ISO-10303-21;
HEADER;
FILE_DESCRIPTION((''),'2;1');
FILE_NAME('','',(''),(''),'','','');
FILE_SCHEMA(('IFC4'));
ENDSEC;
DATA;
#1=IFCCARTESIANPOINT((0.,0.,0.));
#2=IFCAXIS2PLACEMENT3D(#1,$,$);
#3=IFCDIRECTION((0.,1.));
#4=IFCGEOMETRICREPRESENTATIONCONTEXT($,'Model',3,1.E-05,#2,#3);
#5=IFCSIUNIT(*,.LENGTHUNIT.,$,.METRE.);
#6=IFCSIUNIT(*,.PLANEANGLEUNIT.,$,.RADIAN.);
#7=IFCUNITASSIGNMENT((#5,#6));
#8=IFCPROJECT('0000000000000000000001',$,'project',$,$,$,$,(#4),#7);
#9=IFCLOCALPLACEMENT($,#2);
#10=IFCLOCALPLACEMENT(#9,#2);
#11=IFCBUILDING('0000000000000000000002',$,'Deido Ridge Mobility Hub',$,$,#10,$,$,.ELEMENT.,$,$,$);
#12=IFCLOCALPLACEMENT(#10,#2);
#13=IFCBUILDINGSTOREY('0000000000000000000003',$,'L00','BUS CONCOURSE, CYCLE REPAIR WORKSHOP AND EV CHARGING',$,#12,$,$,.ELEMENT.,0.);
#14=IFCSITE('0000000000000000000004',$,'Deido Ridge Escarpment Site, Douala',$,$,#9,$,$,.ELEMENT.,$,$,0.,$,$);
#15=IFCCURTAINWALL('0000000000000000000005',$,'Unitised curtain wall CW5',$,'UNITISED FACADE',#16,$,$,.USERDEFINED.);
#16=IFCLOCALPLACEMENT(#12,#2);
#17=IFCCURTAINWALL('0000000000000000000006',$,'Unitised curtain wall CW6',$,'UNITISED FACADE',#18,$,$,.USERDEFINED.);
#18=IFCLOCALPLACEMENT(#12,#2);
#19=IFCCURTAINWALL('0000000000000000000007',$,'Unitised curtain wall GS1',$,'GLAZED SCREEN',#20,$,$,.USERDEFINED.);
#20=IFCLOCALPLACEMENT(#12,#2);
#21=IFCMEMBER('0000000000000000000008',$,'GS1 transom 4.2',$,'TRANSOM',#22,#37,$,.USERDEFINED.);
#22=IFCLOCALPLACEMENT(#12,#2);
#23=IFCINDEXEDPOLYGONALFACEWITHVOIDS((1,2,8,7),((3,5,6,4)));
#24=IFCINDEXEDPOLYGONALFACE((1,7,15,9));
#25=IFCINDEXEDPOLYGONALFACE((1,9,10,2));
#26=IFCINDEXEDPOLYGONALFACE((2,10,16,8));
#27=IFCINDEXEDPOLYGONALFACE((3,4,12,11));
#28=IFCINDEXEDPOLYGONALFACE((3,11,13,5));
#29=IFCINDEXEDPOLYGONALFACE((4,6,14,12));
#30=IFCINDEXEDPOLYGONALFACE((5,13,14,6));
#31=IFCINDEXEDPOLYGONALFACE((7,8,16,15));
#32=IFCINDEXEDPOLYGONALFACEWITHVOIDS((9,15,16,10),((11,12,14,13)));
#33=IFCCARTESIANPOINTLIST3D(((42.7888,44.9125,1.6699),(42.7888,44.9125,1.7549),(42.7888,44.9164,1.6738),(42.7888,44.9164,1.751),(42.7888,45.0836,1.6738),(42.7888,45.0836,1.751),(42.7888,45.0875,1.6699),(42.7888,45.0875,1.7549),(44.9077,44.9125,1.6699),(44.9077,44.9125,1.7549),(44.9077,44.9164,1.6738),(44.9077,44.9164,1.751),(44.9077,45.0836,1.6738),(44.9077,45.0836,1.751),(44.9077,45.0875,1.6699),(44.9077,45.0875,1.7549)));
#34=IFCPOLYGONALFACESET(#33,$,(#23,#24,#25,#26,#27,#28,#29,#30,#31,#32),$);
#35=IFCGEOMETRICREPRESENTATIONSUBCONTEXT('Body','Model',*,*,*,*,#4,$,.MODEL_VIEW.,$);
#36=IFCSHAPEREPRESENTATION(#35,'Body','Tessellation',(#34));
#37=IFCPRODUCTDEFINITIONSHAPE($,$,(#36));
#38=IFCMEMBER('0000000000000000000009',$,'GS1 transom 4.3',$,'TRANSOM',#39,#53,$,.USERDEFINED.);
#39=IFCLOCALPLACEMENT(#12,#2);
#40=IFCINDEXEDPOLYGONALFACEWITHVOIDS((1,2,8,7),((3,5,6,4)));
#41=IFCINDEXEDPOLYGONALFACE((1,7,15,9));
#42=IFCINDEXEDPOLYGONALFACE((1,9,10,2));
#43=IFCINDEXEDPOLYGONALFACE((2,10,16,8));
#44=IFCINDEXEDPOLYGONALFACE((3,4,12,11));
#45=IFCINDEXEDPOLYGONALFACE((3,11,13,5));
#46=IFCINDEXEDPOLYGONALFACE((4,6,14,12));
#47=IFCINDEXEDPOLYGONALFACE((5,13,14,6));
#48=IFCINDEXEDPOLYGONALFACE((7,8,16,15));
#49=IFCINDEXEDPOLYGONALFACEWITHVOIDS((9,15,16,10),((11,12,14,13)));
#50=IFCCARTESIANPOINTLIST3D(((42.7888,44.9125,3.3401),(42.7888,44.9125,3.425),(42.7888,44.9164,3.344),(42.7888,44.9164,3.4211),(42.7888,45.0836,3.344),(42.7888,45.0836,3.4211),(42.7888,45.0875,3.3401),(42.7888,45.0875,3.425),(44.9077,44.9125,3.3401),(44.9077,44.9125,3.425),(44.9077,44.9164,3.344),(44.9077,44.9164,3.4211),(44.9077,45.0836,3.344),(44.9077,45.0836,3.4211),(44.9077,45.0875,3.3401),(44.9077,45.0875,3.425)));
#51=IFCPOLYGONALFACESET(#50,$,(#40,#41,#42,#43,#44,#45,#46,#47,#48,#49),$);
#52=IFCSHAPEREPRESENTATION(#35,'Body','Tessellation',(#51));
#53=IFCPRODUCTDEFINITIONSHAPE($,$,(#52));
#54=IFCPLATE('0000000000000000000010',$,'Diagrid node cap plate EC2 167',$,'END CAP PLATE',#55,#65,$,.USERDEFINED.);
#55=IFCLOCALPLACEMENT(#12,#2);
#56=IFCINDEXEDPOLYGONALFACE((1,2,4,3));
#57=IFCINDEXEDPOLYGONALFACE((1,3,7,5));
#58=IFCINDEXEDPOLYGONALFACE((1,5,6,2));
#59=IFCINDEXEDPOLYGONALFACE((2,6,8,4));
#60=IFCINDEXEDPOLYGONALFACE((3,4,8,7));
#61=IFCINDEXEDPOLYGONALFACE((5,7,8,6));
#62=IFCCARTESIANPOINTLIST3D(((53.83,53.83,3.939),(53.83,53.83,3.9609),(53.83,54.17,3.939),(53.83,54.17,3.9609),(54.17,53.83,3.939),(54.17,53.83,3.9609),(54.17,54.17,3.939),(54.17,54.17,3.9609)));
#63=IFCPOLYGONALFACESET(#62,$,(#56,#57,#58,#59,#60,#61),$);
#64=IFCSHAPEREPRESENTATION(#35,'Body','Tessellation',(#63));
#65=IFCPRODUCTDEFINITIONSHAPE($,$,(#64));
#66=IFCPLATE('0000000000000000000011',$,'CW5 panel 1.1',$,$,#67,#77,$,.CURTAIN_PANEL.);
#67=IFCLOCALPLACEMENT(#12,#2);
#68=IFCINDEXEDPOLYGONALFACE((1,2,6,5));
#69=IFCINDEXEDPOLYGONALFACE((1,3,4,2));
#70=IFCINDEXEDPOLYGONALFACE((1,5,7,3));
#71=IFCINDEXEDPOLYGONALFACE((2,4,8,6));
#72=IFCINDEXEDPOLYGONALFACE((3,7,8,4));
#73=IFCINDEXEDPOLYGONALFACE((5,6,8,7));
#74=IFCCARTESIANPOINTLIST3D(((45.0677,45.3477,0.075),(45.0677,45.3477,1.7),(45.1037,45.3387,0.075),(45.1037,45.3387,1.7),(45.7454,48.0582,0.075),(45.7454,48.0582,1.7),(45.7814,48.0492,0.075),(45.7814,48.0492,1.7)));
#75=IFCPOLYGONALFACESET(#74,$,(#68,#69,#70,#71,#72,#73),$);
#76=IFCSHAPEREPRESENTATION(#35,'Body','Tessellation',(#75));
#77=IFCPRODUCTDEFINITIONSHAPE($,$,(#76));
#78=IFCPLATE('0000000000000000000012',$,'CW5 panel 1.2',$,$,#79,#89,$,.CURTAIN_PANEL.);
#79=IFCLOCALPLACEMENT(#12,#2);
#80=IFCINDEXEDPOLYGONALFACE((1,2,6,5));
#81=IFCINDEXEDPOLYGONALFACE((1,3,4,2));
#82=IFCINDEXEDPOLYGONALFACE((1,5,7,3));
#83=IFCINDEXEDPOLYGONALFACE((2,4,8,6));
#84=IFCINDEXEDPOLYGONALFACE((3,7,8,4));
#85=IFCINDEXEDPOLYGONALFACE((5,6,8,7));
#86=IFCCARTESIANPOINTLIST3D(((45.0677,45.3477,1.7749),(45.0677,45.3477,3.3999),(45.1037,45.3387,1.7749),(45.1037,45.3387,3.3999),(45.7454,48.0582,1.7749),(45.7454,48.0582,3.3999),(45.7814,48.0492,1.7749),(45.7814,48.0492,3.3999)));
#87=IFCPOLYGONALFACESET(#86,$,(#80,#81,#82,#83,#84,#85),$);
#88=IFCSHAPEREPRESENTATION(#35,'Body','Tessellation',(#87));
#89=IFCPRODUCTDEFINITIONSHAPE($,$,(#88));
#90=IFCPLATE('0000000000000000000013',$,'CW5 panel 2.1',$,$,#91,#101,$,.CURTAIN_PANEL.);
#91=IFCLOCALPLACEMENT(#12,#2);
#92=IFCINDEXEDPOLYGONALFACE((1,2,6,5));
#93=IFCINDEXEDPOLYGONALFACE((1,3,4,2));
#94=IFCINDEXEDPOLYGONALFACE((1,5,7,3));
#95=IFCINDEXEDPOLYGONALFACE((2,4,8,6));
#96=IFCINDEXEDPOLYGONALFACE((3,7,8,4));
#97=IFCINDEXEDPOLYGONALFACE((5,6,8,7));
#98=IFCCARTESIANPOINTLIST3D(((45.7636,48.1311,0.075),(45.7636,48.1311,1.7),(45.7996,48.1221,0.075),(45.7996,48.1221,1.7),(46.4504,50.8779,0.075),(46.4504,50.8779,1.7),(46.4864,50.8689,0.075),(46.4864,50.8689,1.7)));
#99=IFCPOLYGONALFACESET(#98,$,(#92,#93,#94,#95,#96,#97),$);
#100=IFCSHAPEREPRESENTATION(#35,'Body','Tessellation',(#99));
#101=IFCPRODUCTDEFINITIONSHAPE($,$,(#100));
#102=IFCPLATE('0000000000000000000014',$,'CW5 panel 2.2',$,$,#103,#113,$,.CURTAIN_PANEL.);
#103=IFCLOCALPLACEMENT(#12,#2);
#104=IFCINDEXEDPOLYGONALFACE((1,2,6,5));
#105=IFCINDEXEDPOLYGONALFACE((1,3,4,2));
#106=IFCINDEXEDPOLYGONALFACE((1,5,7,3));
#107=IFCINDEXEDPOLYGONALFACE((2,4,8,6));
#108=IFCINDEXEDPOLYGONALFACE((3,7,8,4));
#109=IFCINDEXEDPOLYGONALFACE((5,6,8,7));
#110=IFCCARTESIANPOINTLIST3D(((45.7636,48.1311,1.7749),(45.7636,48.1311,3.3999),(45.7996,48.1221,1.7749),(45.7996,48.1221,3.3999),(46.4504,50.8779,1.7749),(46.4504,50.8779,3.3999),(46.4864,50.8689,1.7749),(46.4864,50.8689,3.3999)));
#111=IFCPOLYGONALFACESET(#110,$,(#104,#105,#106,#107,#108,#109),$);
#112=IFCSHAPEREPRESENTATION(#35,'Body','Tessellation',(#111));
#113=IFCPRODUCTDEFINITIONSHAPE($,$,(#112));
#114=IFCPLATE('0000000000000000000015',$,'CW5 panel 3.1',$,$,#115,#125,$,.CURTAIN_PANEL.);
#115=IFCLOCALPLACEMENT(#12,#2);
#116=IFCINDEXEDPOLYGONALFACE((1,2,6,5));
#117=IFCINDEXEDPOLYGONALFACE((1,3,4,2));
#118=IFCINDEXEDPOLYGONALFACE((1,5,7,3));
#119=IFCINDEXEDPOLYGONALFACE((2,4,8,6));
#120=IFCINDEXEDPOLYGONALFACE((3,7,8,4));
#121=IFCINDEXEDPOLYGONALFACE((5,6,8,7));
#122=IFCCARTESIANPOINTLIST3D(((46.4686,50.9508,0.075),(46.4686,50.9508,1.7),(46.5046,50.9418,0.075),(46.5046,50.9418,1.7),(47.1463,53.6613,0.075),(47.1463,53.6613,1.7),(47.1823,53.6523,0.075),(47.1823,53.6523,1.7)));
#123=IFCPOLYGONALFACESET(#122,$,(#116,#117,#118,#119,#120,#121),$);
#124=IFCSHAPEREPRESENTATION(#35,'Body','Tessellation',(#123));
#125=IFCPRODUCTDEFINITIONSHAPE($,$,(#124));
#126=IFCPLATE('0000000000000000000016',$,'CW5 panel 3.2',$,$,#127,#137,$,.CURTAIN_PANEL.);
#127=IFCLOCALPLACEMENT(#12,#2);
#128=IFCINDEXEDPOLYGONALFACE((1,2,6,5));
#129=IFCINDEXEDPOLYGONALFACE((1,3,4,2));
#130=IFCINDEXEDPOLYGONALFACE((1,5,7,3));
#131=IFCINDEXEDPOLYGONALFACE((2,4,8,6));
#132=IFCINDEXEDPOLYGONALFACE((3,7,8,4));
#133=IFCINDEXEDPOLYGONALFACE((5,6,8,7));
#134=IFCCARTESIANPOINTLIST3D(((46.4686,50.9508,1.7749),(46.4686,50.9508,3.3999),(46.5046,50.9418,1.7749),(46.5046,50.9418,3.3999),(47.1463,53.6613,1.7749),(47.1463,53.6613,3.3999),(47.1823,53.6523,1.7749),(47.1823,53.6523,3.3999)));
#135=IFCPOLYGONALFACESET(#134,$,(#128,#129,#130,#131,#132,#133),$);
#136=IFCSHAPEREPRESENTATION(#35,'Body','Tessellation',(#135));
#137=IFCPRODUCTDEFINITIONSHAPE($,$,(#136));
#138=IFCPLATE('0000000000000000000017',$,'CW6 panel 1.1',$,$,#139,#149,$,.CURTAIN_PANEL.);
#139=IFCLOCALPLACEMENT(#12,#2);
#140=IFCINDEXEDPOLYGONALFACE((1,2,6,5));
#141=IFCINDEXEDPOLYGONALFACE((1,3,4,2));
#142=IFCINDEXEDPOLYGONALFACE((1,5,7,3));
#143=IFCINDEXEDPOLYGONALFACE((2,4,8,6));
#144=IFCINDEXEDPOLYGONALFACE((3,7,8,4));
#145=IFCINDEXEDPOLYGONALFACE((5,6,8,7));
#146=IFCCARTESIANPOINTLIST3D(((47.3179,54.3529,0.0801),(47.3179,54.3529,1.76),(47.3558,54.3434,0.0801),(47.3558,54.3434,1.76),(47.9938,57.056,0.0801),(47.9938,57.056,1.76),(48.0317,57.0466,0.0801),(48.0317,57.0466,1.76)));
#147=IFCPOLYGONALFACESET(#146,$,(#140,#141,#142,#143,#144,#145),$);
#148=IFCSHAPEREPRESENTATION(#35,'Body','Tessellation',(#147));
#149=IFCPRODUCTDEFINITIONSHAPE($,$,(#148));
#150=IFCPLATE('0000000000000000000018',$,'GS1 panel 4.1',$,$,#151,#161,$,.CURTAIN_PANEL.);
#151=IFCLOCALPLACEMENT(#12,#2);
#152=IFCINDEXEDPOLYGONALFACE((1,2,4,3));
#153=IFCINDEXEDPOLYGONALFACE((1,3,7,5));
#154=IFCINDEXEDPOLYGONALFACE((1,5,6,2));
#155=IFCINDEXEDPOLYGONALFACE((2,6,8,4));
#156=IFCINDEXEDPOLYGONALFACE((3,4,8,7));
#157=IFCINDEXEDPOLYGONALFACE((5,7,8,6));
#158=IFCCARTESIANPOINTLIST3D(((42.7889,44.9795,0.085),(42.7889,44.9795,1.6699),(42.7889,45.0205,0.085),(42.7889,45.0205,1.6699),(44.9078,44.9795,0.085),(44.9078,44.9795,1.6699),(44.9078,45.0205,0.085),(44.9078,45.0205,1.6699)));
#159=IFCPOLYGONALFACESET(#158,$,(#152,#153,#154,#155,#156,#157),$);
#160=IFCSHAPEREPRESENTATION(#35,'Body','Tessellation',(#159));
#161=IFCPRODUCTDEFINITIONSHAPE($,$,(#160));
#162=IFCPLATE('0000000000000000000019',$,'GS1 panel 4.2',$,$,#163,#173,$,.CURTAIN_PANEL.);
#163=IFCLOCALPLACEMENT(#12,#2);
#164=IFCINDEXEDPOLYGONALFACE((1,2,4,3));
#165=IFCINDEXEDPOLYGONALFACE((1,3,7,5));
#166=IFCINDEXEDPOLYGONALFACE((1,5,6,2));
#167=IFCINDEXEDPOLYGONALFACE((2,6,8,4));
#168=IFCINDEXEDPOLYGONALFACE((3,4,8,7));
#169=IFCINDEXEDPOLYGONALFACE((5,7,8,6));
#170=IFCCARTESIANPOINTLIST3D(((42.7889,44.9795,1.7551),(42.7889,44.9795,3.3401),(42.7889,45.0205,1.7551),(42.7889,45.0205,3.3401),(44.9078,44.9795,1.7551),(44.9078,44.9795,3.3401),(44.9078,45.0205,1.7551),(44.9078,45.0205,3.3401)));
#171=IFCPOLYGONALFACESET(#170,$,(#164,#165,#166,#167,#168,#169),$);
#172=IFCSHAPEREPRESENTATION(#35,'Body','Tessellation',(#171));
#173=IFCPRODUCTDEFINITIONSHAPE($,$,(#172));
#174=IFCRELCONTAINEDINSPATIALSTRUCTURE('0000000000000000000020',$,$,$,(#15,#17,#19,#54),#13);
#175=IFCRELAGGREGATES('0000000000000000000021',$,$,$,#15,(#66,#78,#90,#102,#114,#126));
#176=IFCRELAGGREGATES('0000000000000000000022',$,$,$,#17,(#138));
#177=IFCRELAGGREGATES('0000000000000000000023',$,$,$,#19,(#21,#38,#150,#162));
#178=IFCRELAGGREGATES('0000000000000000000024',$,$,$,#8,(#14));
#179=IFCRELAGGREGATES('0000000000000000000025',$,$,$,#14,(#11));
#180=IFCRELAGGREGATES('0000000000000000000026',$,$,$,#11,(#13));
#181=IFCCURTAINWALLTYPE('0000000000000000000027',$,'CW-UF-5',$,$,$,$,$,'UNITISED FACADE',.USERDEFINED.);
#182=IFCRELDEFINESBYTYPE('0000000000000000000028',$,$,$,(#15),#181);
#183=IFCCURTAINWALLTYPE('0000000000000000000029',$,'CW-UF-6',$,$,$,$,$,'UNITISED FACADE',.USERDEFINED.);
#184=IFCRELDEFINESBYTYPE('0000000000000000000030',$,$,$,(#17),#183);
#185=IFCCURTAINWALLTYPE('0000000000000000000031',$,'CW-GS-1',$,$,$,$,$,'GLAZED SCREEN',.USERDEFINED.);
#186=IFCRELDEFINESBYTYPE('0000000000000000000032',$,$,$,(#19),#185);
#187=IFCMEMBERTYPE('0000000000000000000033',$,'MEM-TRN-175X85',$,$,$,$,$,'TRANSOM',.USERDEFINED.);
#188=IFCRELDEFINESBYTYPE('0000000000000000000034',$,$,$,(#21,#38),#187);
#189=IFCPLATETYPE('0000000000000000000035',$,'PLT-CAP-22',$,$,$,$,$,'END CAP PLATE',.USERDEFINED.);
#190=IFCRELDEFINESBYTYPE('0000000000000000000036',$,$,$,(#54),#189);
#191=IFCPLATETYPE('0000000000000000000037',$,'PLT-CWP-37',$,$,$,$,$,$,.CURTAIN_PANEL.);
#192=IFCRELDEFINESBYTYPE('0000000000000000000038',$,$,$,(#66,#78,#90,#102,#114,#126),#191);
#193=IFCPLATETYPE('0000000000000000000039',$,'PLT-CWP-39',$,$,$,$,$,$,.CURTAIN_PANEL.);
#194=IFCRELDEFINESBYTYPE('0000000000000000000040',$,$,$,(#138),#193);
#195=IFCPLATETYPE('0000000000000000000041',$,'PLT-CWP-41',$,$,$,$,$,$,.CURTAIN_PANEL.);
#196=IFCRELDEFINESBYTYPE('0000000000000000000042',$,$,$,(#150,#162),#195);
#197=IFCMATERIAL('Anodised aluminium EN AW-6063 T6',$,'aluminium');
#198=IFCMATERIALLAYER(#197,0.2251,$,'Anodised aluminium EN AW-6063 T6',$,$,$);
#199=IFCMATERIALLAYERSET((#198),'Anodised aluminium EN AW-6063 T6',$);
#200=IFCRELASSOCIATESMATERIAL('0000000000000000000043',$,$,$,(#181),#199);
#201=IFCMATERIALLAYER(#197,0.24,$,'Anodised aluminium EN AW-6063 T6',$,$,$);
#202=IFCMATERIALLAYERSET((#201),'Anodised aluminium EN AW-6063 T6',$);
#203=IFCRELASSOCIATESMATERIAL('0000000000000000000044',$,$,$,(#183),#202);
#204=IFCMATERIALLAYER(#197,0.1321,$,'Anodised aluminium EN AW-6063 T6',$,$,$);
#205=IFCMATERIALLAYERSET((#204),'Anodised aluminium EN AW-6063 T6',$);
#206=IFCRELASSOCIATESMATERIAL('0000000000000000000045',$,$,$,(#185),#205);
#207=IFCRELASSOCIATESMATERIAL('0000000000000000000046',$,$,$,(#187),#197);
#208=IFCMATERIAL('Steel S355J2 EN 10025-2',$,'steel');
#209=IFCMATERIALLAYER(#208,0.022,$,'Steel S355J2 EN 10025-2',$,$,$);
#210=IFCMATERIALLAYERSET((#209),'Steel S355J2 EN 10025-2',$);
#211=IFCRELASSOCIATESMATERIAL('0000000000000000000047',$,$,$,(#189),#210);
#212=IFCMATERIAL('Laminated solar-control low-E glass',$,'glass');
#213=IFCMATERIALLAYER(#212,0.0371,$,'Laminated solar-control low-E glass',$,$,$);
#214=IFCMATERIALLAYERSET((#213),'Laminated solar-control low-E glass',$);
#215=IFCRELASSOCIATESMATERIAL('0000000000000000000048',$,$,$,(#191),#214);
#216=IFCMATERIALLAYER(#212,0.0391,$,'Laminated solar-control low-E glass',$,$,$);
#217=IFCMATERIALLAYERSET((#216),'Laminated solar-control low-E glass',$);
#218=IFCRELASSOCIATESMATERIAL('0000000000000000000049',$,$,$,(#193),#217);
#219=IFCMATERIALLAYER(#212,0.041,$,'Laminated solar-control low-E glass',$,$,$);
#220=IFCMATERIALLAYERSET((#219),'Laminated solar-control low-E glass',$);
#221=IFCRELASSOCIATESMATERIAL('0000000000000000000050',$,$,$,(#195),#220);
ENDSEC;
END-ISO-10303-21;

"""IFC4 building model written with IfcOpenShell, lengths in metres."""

from ifc_helpers import new_model, si_unit, direction, frame, origin, origin_2d, place, context, subcontext, project, spatial, rectangle, hollow_rectangle, extrude, material, layer, layer_set, material_profile, profile_set, type_object, element, aggregate, save


model = new_model("IFC4")

# Units and contexts
model_context = context("Model", 3, precision=1e-05, world=origin(), true_north=direction((0.0, 1.0)))
body_context = subcontext(model_context, "Body", "Model", "MODEL_VIEW")
ifc_project = project(units=[si_unit("LENGTHUNIT", "METRE"), si_unit("PLANEANGLEUNIT", "RADIAN")], contexts=[model_context])

# Site, building, storey
site_placement = place(None, origin())
site = spatial("IfcSite", under=ifc_project, at=site_placement, Name="Deido Ridge Escarpment Site, Douala", CompositionType="ELEMENT", RefElevation=0.0)
building_placement = place(site_placement, origin())
building = spatial("IfcBuilding", under=site, at=building_placement, Name="Deido Ridge Mobility Hub", CompositionType="ELEMENT")
storey_placement = place(building_placement, origin())
storey = spatial("IfcBuildingStorey", under=building, at=storey_placement, Name="L00", Description="BUS CONCOURSE, CYCLE REPAIR WORKSHOP AND EV CHARGING", CompositionType="ELEMENT", Elevation=0.0)

# Shared definitions
ifc_material_1 = material(Name="Steel S355J2 EN 10025-2", Category="steel")

# Curtain wall
ifc_material_2 = material(Name="Anodised aluminium EN AW-6063 T6", Category="aluminium")
ifc_layer_1 = layer(ifc_material_2, 0.2251, Name="Anodised aluminium EN AW-6063 T6")
ifc_layer_set_1 = layer_set([ifc_layer_1], Name="Anodised aluminium EN AW-6063 T6")
curtain_wall_type_1 = type_object("IfcCurtainWallType", Name="CW-UF-5", ElementType="UNITISED FACADE", PredefinedType="USERDEFINED", material=ifc_layer_set_1)
curtain_wall_1_placement = place(storey_placement, origin())
curtain_wall_1 = element("IfcCurtainWall", 1, at=curtain_wall_1_placement, inside=storey, type_object=curtain_wall_type_1, Name="Unitised curtain wall CW5", ObjectType="UNITISED FACADE", PredefinedType="USERDEFINED")

# Curtain wall
ifc_layer_2 = layer(ifc_material_2, 0.24, Name="Anodised aluminium EN AW-6063 T6")
ifc_layer_set_2 = layer_set([ifc_layer_2], Name="Anodised aluminium EN AW-6063 T6")
curtain_wall_type_2 = type_object("IfcCurtainWallType", Name="CW-UF-6", ElementType="UNITISED FACADE", PredefinedType="USERDEFINED", material=ifc_layer_set_2)
curtain_wall_2_placement = place(storey_placement, origin())
curtain_wall_2 = element("IfcCurtainWall", 2, at=curtain_wall_2_placement, inside=storey, type_object=curtain_wall_type_2, Name="Unitised curtain wall CW6", ObjectType="UNITISED FACADE", PredefinedType="USERDEFINED")

# Curtain wall
ifc_layer_3 = layer(ifc_material_2, 0.1321, Name="Anodised aluminium EN AW-6063 T6")
ifc_layer_set_3 = layer_set([ifc_layer_3], Name="Anodised aluminium EN AW-6063 T6")
curtain_wall_type_3 = type_object("IfcCurtainWallType", Name="CW-GS-1", ElementType="GLAZED SCREEN", PredefinedType="USERDEFINED", material=ifc_layer_set_3)
curtain_wall_3_placement = place(storey_placement, origin())
curtain_wall_3 = element("IfcCurtainWall", 3, at=curtain_wall_3_placement, inside=storey, type_object=curtain_wall_type_3, Name="Unitised curtain wall GS1", ObjectType="GLAZED SCREEN", PredefinedType="USERDEFINED")

# Members
ifc_material_profile_1 = material_profile(ifc_material_2, hollow_rectangle(XDim=0.175, YDim=0.085, WallThickness=0.0039, at=origin_2d()), Name="RHS 175x85x4")
ifc_profile_set_1 = profile_set([ifc_material_profile_1], Name="Anodised aluminium EN AW-6063 T6")
member_type_1 = type_object("IfcMemberType", Name="MEM-TRN-175X85", ElementType="TRANSOM", PredefinedType="USERDEFINED", material=ifc_profile_set_1)
member_1_placement = place(storey_placement, frame((42.7888, 45.0, 1.7124), z_axis=(1.0, 0.0, 0.0), x_axis=(0.0, 1.0, 0.0)))
member_1 = element("IfcMember", 4, at=member_1_placement, type_object=member_type_1, Name="GS1 transom 4.2", ObjectType="TRANSOM", PredefinedType="USERDEFINED", context=body_context, shape_type="SweptSolid", body=[
    extrude(hollow_rectangle(XDim=0.175, YDim=0.085, WallThickness=0.0039, at=origin_2d()), origin(), (0.0, 0.0, 1.0), 2.1189),
])
member_2_placement = place(storey_placement, frame((42.7888, 45.0, 3.3826), z_axis=(1.0, 0.0, 0.0), x_axis=(0.0, 1.0, 0.0)))
member_2 = element("IfcMember", 5, at=member_2_placement, type_object=member_type_1, Name="GS1 transom 4.3", ObjectType="TRANSOM", PredefinedType="USERDEFINED", context=body_context, shape_type="SweptSolid", body=[
    extrude(hollow_rectangle(XDim=0.175, YDim=0.085, WallThickness=0.0039, at=origin_2d()), origin(), (0.0, 0.0, 1.0), 2.1189),
])

# Plates
ifc_layer_4 = layer(ifc_material_1, 0.022, Name="Steel S355J2 EN 10025-2")
ifc_layer_set_4 = layer_set([ifc_layer_4], Name="Steel S355J2 EN 10025-2")
plate_type_1 = type_object("IfcPlateType", Name="PLT-CAP-22", ElementType="END CAP PLATE", PredefinedType="USERDEFINED", material=ifc_layer_set_4)
plate_1_placement = place(storey_placement, frame((54.0, 54.0, 3.939), z_axis=(0.0, 0.0, 1.0), x_axis=(1.0, 0.0, 0.0)))
element("IfcPlate", 6, at=plate_1_placement, inside=storey, type_object=plate_type_1, Name="Diagrid node cap plate EC2 167", ObjectType="END CAP PLATE", PredefinedType="USERDEFINED", context=body_context, shape_type="SweptSolid", body=[
    extrude(rectangle(XDim=0.3401, YDim=0.3401, at=origin_2d()), origin(), (0.0, 0.0, 1.0), 0.022),
])
ifc_material_3 = material(Name="Laminated solar-control low-E glass", Category="glass")
ifc_layer_5 = layer(ifc_material_3, 0.0371, Name="Laminated solar-control low-E glass")
ifc_layer_set_5 = layer_set([ifc_layer_5], Name="Laminated solar-control low-E glass")
plate_type_2 = type_object("IfcPlateType", Name="PLT-CWP-37", PredefinedType="CURTAIN_PANEL", material=ifc_layer_set_5)
plate_2_placement = place(storey_placement, frame((45.4246, 46.6985, 0.075), z_axis=(0.0, 0.0, 1.0), x_axis=(0.242546, 0.97014, 0.0)))
plate_2 = element("IfcPlate", 7, at=plate_2_placement, type_object=plate_type_2, Name="CW5 panel 1.1", PredefinedType="CURTAIN_PANEL", context=body_context, shape_type="SweptSolid", body=[
    extrude(rectangle(XDim=2.7939, YDim=0.0371, at=origin_2d()), origin(), (0.0, 0.0, 1.0), 1.625),
])
plate_3_placement = place(storey_placement, frame((45.4246, 46.6985, 1.7749), z_axis=(0.0, 0.0, 1.0), x_axis=(0.242546, 0.97014, 0.0)))
plate_3 = element("IfcPlate", 8, at=plate_3_placement, type_object=plate_type_2, Name="CW5 panel 1.2", PredefinedType="CURTAIN_PANEL", context=body_context, shape_type="SweptSolid", body=[
    extrude(rectangle(XDim=2.7939, YDim=0.0371, at=origin_2d()), origin(), (0.0, 0.0, 1.0), 1.625),
])
plate_4_placement = place(storey_placement, frame((46.125, 49.5, 0.075), z_axis=(0.0, 0.0, 1.0), x_axis=(0.242546, 0.97014, 0.0)))
plate_4 = element("IfcPlate", 9, at=plate_4_placement, type_object=plate_type_2, Name="CW5 panel 2.1", PredefinedType="CURTAIN_PANEL", context=body_context, shape_type="SweptSolid", body=[
    extrude(rectangle(XDim=2.8313, YDim=0.0371, at=origin_2d()), origin(), (0.0, 0.0, 1.0), 1.625),
])
plate_5_placement = place(storey_placement, frame((46.125, 49.5, 1.7749), z_axis=(0.0, 0.0, 1.0), x_axis=(0.242546, 0.97014, 0.0)))
plate_5 = element("IfcPlate", 10, at=plate_5_placement, type_object=plate_type_2, Name="CW5 panel 2.2", PredefinedType="CURTAIN_PANEL", context=body_context, shape_type="SweptSolid", body=[
    extrude(rectangle(XDim=2.8313, YDim=0.0371, at=origin_2d()), origin(), (0.0, 0.0, 1.0), 1.625),
])
plate_6_placement = place(storey_placement, frame((46.8254, 52.3015, 0.075), z_axis=(0.0, 0.0, 1.0), x_axis=(0.242546, 0.97014, 0.0)))
plate_6 = element("IfcPlate", 11, at=plate_6_placement, type_object=plate_type_2, Name="CW5 panel 3.1", PredefinedType="CURTAIN_PANEL", context=body_context, shape_type="SweptSolid", body=[
    extrude(rectangle(XDim=2.7939, YDim=0.0371, at=origin_2d()), origin(), (0.0, 0.0, 1.0), 1.625),
])
plate_7_placement = place(storey_placement, frame((46.8254, 52.3015, 1.7749), z_axis=(0.0, 0.0, 1.0), x_axis=(0.242546, 0.97014, 0.0)))
plate_7 = element("IfcPlate", 12, at=plate_7_placement, type_object=plate_type_2, Name="CW5 panel 3.2", PredefinedType="CURTAIN_PANEL", context=body_context, shape_type="SweptSolid", body=[
    extrude(rectangle(XDim=2.7939, YDim=0.0371, at=origin_2d()), origin(), (0.0, 0.0, 1.0), 1.625),
])
aggregate(curtain_wall_1, [plate_2, plate_3, plate_4, plate_5, plate_6, plate_7])
ifc_layer_6 = layer(ifc_material_3, 0.0391, Name="Laminated solar-control low-E glass")
ifc_layer_set_6 = layer_set([ifc_layer_6], Name="Laminated solar-control low-E glass")
plate_type_3 = type_object("IfcPlateType", Name="PLT-CWP-39", PredefinedType="CURTAIN_PANEL", material=ifc_layer_set_6)
plate_8_placement = place(storey_placement, frame((47.6748, 55.6997, 0.0801), z_axis=(0.0, 0.0, 1.0), x_axis=(0.242546, 0.97014, 0.0)))
plate_8 = element("IfcPlate", 13, at=plate_8_placement, type_object=plate_type_3, Name="CW6 panel 1.1", PredefinedType="CURTAIN_PANEL", context=body_context, shape_type="SweptSolid", body=[
    extrude(rectangle(XDim=2.7864, YDim=0.0391, at=origin_2d()), origin(), (0.0, 0.0, 1.0), 1.6799),
])
aggregate(curtain_wall_2, [plate_8])
ifc_layer_7 = layer(ifc_material_3, 0.041, Name="Laminated solar-control low-E glass")
ifc_layer_set_7 = layer_set([ifc_layer_7], Name="Laminated solar-control low-E glass")
plate_type_4 = type_object("IfcPlateType", Name="PLT-CWP-41", PredefinedType="CURTAIN_PANEL", material=ifc_layer_set_7)
plate_9_placement = place(storey_placement, frame((43.8484, 45.0, 0.085), z_axis=(0.0, 0.0, 1.0), x_axis=(1.0, 0.0, 0.0)))
plate_9 = element("IfcPlate", 14, at=plate_9_placement, type_object=plate_type_4, Name="GS1 panel 4.1", PredefinedType="CURTAIN_PANEL", context=body_context, shape_type="SweptSolid", body=[
    extrude(rectangle(XDim=2.1189, YDim=0.041, at=origin_2d()), origin(), (0.0, 0.0, 1.0), 1.585),
])
plate_10_placement = place(storey_placement, frame((43.8484, 45.0, 1.7551), z_axis=(0.0, 0.0, 1.0), x_axis=(1.0, 0.0, 0.0)))
plate_10 = element("IfcPlate", 15, at=plate_10_placement, type_object=plate_type_4, Name="GS1 panel 4.2", PredefinedType="CURTAIN_PANEL", context=body_context, shape_type="SweptSolid", body=[
    extrude(rectangle(XDim=2.1189, YDim=0.041, at=origin_2d()), origin(), (0.0, 0.0, 1.0), 1.585),
])
aggregate(curtain_wall_3, [member_1, member_2, plate_9, plate_10])

save(model, "model.ifc")
